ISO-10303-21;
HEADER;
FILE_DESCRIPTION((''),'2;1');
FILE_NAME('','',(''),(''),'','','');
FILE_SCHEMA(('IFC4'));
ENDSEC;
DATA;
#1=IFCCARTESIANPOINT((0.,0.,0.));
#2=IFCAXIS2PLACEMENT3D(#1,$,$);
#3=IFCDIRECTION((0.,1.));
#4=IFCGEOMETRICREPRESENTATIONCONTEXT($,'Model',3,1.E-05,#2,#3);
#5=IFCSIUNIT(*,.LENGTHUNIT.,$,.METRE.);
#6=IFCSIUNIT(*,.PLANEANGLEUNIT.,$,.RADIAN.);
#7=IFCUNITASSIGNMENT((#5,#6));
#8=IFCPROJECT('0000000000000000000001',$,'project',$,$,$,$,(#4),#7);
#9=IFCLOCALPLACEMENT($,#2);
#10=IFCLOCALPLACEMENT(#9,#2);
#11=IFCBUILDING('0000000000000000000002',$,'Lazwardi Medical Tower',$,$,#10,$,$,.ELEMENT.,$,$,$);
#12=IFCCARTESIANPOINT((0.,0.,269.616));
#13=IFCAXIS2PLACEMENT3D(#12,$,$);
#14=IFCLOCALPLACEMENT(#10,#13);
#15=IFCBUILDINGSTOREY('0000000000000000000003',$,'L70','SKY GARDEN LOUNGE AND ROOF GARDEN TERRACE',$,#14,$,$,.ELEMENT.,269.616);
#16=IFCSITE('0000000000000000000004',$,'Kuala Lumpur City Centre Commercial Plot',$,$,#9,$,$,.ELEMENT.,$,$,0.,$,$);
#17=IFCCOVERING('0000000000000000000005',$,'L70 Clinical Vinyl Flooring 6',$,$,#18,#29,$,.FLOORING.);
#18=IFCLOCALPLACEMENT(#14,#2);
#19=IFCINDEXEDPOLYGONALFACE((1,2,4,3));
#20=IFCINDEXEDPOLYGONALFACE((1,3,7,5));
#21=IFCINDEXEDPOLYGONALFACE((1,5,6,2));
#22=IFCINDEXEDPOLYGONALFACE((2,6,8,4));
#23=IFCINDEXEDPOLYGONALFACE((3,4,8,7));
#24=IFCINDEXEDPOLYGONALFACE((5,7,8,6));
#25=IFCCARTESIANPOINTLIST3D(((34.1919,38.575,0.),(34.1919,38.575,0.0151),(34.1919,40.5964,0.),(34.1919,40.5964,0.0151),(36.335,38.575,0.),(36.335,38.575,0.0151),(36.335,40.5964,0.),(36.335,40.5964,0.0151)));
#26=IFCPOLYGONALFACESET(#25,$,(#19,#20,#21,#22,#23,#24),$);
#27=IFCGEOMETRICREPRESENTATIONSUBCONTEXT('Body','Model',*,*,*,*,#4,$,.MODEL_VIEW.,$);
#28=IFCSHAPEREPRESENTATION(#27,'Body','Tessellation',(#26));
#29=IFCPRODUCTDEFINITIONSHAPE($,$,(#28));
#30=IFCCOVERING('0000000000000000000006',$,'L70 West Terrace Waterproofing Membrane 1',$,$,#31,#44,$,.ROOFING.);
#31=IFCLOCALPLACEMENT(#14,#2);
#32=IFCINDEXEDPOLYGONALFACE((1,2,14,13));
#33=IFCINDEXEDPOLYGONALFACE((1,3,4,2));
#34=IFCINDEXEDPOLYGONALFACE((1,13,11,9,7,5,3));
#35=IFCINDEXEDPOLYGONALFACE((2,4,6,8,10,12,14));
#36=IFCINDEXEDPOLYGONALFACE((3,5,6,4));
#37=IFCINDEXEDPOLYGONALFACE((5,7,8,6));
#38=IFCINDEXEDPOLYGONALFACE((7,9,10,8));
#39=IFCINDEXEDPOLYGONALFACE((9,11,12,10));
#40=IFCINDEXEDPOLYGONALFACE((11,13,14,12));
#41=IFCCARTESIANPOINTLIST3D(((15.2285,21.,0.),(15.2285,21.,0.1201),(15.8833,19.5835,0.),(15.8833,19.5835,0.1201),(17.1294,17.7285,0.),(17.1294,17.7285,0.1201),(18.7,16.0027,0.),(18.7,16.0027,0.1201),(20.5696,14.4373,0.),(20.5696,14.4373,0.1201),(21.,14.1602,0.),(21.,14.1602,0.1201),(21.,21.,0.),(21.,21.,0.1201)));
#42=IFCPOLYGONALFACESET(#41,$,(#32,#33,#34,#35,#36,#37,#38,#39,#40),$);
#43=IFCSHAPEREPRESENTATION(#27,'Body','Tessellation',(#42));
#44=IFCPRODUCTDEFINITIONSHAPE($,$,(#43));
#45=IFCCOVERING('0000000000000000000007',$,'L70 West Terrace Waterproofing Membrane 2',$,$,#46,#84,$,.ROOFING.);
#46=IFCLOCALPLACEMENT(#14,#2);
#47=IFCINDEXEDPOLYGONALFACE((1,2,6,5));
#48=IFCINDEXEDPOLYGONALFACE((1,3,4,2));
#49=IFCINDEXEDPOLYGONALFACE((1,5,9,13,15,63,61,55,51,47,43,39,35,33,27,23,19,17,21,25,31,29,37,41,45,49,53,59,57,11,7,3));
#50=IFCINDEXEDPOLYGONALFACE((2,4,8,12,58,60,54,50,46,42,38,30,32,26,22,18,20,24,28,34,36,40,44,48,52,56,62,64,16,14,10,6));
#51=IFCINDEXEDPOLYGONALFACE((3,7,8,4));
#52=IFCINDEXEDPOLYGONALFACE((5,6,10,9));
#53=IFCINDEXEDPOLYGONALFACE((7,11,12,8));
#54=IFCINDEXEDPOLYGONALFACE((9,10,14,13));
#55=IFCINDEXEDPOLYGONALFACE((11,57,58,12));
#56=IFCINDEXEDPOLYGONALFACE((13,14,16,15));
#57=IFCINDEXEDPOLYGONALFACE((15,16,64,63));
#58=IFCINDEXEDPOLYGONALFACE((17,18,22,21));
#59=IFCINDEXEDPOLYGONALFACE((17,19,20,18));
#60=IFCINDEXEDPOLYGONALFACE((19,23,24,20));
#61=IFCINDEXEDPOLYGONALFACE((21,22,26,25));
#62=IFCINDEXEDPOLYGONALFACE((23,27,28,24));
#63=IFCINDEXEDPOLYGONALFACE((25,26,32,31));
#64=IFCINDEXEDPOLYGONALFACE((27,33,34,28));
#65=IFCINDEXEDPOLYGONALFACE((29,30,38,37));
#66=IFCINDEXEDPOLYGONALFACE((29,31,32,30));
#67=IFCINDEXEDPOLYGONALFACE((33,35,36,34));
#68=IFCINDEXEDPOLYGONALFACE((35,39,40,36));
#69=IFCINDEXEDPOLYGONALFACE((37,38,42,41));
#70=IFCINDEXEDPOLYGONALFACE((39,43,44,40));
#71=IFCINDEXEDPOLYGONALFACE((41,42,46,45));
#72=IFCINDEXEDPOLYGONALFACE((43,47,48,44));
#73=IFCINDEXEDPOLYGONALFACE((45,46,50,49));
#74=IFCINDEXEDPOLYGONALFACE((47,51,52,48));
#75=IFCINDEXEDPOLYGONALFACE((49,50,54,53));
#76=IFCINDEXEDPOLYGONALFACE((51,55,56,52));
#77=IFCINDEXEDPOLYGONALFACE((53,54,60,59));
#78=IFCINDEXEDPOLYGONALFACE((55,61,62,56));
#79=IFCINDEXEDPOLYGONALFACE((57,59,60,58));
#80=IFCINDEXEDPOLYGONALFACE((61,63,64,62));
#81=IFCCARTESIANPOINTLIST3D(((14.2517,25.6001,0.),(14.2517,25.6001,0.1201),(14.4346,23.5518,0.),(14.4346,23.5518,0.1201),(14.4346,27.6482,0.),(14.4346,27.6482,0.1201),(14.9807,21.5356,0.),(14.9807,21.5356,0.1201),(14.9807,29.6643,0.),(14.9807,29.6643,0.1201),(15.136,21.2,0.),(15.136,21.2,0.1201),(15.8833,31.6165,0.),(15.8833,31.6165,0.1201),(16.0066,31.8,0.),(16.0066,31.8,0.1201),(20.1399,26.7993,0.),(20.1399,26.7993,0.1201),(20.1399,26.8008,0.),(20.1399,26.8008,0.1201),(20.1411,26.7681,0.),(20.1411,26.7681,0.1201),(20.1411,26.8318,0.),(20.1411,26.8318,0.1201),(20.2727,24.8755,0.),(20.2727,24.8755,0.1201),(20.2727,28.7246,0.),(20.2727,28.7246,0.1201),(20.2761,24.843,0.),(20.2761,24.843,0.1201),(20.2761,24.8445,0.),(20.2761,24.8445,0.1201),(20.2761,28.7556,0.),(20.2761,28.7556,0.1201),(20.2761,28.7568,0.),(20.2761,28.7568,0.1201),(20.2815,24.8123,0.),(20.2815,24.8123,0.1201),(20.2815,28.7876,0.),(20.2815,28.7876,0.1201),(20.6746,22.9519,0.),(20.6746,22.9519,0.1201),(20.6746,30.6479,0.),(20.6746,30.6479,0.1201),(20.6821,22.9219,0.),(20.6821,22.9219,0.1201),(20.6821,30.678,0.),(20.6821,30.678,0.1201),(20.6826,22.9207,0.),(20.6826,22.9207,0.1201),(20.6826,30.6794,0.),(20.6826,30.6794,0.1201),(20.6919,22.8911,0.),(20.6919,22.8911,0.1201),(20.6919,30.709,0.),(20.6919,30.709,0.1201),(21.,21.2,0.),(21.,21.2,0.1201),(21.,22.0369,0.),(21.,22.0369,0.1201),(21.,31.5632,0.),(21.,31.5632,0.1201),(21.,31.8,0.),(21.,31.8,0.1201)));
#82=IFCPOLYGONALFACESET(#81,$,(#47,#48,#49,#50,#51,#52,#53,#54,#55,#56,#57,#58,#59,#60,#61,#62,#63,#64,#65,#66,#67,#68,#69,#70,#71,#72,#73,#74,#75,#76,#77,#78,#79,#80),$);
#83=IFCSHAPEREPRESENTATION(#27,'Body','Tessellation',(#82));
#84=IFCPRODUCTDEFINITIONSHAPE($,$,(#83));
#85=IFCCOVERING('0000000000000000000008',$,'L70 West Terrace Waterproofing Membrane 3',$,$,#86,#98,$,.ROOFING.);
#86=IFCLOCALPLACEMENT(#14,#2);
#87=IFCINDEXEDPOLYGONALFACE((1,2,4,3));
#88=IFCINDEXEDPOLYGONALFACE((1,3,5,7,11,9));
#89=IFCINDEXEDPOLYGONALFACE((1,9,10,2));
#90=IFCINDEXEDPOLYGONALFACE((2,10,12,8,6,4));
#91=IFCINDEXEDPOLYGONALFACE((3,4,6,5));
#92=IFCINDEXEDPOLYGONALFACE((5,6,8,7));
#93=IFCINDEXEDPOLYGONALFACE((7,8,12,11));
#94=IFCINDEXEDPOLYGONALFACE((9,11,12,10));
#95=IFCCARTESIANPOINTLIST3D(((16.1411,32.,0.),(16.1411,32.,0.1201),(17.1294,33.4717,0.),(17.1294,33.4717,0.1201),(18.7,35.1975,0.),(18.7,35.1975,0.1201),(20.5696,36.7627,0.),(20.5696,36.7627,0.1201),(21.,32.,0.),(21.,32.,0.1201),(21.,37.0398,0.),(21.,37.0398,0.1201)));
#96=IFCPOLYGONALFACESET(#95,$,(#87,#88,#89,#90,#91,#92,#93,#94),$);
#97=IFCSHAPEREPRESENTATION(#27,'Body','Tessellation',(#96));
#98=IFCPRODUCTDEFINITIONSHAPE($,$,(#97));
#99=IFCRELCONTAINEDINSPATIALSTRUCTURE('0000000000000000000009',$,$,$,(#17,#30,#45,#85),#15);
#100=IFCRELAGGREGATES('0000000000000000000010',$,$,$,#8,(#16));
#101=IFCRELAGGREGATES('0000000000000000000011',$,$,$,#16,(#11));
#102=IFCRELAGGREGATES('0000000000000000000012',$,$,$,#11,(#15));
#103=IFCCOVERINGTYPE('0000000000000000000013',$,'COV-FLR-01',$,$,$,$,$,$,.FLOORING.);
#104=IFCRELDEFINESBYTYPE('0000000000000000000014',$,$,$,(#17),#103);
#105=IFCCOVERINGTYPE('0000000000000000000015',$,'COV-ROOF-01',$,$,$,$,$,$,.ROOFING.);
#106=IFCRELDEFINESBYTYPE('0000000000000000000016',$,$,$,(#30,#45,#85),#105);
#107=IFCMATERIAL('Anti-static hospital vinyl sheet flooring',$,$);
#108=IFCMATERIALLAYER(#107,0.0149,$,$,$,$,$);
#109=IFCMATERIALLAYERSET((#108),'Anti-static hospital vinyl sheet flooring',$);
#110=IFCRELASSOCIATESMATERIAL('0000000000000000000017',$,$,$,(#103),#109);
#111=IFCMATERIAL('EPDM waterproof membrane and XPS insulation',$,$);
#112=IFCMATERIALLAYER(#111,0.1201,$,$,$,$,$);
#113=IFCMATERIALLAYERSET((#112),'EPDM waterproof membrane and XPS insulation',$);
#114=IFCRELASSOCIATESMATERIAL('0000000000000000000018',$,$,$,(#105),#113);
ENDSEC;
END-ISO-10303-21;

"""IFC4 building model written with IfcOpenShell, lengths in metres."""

from ifc_helpers import new_model, si_unit, direction, frame, origin, place, context, subcontext, project, spatial, polyline, outline, extrude, material, layer, layer_set, type_object, element, save


model = new_model("IFC4")

# Units and contexts
model_context = context("Model", 3, precision=1e-05, world=origin(), true_north=direction((0.0, 1.0)))
body_context = subcontext(model_context, "Body", "Model", "MODEL_VIEW")
ifc_project = project(units=[si_unit("LENGTHUNIT", "METRE"), si_unit("PLANEANGLEUNIT", "RADIAN")], contexts=[model_context])

# Site, building, storey
site_placement = place(None, origin())
site = spatial("IfcSite", under=ifc_project, at=site_placement, Name="Kuala Lumpur City Centre Commercial Plot", CompositionType="ELEMENT", RefElevation=0.0)
building_placement = place(site_placement, origin())
building = spatial("IfcBuilding", under=site, at=building_placement, Name="Lazwardi Medical Tower", CompositionType="ELEMENT")
storey_placement = place(building_placement, frame((0.0, 0.0, 269.616)))
storey = spatial("IfcBuildingStorey", under=building, at=storey_placement, Name="L70", Description="SKY GARDEN LOUNGE AND ROOF GARDEN TERRACE", CompositionType="ELEMENT", Elevation=269.616)

# Coverings
ifc_material_1 = material(Name="Anti-static hospital vinyl sheet flooring")
ifc_layer_1 = layer(ifc_material_1, 0.0149)
ifc_layer_set_1 = layer_set([ifc_layer_1], Name="Anti-static hospital vinyl sheet flooring")
covering_type_1 = type_object("IfcCoveringType", Name="COV-FLR-01", PredefinedType="FLOORING", material=ifc_layer_set_1)
covering_1_placement = place(storey_placement, origin())
element("IfcCovering", 1, at=covering_1_placement, inside=storey, type_object=covering_type_1, Name="L70 Clinical Vinyl Flooring 6", PredefinedType="FLOORING", context=body_context, shape_type="SweptSolid", body=[
    extrude(outline(polyline([(34.1919, 38.575), (36.335, 38.575), (36.335, 40.5964), (34.1919, 40.5964), (34.1919, 38.575)])), origin(), (0.0, 0.0, 1.0), 0.0151),
])
ifc_material_2 = material(Name="EPDM waterproof membrane and XPS insulation")
ifc_layer_2 = layer(ifc_material_2, 0.1201)
ifc_layer_set_2 = layer_set([ifc_layer_2], Name="EPDM waterproof membrane and XPS insulation")
covering_type_2 = type_object("IfcCoveringType", Name="COV-ROOF-01", PredefinedType="ROOFING", material=ifc_layer_set_2)
covering_2_placement = place(storey_placement, origin())
element("IfcCovering", 2, at=covering_2_placement, inside=storey, type_object=covering_type_2, Name="L70 West Terrace Waterproofing Membrane 1", PredefinedType="ROOFING", context=body_context, shape_type="SweptSolid", body=[
    extrude(outline(polyline([(21.0, 14.1602), (21.0, 21.0), (15.2285, 21.0), (15.8833, 19.5835), (17.1294, 17.7285), (18.7, 16.0027), (20.5696, 14.4373), (21.0, 14.1602)])), origin(), (0.0, 0.0, 1.0), 0.1201),
])
covering_3_placement = place(storey_placement, origin())
element("IfcCovering", 3, at=covering_3_placement, inside=storey, type_object=covering_type_2, Name="L70 West Terrace Waterproofing Membrane 2", PredefinedType="ROOFING", context=body_context, shape_type="SweptSolid", body=[
    extrude(outline(polyline([(21.0, 31.5632), (21.0, 31.8), (16.0066, 31.8), (15.8833, 31.6165), (14.9807, 29.6643), (14.4346, 27.6482), (14.2517, 25.6001), (14.4346, 23.5518), (14.9807, 21.5356), (15.136, 21.2), (21.0, 21.2), (21.0, 22.0369), (20.6919, 22.8911), (20.6826, 22.9207), (20.6821, 22.9219), (20.6746, 22.9519), (20.2815, 24.8123), (20.2761, 24.843), (20.2761, 24.8445), (20.2727, 24.8755), (20.1411, 26.7681), (20.1399, 26.7993), (20.1399, 26.8008), (20.1411, 26.8318), (20.2727, 28.7246), (20.2761, 28.7556), (20.2761, 28.7568), (20.2815, 28.7876), (20.6746, 30.6479), (20.6821, 30.678), (20.6826, 30.6794), (20.6919, 30.709), (21.0, 31.5632)])), origin(), (0.0, 0.0, 1.0), 0.1201),
])
covering_4_placement = place(storey_placement, origin())
element("IfcCovering", 4, at=covering_4_placement, inside=storey, type_object=covering_type_2, Name="L70 West Terrace Waterproofing Membrane 3", PredefinedType="ROOFING", context=body_context, shape_type="SweptSolid", body=[
    extrude(outline(polyline([(16.1411, 32.0), (21.0, 32.0), (21.0, 37.0398), (20.5696, 36.7627), (18.7, 35.1975), (17.1294, 33.4717), (16.1411, 32.0)])), origin(), (0.0, 0.0, 1.0), 0.1201),
])

save(model, "model.ifc")
